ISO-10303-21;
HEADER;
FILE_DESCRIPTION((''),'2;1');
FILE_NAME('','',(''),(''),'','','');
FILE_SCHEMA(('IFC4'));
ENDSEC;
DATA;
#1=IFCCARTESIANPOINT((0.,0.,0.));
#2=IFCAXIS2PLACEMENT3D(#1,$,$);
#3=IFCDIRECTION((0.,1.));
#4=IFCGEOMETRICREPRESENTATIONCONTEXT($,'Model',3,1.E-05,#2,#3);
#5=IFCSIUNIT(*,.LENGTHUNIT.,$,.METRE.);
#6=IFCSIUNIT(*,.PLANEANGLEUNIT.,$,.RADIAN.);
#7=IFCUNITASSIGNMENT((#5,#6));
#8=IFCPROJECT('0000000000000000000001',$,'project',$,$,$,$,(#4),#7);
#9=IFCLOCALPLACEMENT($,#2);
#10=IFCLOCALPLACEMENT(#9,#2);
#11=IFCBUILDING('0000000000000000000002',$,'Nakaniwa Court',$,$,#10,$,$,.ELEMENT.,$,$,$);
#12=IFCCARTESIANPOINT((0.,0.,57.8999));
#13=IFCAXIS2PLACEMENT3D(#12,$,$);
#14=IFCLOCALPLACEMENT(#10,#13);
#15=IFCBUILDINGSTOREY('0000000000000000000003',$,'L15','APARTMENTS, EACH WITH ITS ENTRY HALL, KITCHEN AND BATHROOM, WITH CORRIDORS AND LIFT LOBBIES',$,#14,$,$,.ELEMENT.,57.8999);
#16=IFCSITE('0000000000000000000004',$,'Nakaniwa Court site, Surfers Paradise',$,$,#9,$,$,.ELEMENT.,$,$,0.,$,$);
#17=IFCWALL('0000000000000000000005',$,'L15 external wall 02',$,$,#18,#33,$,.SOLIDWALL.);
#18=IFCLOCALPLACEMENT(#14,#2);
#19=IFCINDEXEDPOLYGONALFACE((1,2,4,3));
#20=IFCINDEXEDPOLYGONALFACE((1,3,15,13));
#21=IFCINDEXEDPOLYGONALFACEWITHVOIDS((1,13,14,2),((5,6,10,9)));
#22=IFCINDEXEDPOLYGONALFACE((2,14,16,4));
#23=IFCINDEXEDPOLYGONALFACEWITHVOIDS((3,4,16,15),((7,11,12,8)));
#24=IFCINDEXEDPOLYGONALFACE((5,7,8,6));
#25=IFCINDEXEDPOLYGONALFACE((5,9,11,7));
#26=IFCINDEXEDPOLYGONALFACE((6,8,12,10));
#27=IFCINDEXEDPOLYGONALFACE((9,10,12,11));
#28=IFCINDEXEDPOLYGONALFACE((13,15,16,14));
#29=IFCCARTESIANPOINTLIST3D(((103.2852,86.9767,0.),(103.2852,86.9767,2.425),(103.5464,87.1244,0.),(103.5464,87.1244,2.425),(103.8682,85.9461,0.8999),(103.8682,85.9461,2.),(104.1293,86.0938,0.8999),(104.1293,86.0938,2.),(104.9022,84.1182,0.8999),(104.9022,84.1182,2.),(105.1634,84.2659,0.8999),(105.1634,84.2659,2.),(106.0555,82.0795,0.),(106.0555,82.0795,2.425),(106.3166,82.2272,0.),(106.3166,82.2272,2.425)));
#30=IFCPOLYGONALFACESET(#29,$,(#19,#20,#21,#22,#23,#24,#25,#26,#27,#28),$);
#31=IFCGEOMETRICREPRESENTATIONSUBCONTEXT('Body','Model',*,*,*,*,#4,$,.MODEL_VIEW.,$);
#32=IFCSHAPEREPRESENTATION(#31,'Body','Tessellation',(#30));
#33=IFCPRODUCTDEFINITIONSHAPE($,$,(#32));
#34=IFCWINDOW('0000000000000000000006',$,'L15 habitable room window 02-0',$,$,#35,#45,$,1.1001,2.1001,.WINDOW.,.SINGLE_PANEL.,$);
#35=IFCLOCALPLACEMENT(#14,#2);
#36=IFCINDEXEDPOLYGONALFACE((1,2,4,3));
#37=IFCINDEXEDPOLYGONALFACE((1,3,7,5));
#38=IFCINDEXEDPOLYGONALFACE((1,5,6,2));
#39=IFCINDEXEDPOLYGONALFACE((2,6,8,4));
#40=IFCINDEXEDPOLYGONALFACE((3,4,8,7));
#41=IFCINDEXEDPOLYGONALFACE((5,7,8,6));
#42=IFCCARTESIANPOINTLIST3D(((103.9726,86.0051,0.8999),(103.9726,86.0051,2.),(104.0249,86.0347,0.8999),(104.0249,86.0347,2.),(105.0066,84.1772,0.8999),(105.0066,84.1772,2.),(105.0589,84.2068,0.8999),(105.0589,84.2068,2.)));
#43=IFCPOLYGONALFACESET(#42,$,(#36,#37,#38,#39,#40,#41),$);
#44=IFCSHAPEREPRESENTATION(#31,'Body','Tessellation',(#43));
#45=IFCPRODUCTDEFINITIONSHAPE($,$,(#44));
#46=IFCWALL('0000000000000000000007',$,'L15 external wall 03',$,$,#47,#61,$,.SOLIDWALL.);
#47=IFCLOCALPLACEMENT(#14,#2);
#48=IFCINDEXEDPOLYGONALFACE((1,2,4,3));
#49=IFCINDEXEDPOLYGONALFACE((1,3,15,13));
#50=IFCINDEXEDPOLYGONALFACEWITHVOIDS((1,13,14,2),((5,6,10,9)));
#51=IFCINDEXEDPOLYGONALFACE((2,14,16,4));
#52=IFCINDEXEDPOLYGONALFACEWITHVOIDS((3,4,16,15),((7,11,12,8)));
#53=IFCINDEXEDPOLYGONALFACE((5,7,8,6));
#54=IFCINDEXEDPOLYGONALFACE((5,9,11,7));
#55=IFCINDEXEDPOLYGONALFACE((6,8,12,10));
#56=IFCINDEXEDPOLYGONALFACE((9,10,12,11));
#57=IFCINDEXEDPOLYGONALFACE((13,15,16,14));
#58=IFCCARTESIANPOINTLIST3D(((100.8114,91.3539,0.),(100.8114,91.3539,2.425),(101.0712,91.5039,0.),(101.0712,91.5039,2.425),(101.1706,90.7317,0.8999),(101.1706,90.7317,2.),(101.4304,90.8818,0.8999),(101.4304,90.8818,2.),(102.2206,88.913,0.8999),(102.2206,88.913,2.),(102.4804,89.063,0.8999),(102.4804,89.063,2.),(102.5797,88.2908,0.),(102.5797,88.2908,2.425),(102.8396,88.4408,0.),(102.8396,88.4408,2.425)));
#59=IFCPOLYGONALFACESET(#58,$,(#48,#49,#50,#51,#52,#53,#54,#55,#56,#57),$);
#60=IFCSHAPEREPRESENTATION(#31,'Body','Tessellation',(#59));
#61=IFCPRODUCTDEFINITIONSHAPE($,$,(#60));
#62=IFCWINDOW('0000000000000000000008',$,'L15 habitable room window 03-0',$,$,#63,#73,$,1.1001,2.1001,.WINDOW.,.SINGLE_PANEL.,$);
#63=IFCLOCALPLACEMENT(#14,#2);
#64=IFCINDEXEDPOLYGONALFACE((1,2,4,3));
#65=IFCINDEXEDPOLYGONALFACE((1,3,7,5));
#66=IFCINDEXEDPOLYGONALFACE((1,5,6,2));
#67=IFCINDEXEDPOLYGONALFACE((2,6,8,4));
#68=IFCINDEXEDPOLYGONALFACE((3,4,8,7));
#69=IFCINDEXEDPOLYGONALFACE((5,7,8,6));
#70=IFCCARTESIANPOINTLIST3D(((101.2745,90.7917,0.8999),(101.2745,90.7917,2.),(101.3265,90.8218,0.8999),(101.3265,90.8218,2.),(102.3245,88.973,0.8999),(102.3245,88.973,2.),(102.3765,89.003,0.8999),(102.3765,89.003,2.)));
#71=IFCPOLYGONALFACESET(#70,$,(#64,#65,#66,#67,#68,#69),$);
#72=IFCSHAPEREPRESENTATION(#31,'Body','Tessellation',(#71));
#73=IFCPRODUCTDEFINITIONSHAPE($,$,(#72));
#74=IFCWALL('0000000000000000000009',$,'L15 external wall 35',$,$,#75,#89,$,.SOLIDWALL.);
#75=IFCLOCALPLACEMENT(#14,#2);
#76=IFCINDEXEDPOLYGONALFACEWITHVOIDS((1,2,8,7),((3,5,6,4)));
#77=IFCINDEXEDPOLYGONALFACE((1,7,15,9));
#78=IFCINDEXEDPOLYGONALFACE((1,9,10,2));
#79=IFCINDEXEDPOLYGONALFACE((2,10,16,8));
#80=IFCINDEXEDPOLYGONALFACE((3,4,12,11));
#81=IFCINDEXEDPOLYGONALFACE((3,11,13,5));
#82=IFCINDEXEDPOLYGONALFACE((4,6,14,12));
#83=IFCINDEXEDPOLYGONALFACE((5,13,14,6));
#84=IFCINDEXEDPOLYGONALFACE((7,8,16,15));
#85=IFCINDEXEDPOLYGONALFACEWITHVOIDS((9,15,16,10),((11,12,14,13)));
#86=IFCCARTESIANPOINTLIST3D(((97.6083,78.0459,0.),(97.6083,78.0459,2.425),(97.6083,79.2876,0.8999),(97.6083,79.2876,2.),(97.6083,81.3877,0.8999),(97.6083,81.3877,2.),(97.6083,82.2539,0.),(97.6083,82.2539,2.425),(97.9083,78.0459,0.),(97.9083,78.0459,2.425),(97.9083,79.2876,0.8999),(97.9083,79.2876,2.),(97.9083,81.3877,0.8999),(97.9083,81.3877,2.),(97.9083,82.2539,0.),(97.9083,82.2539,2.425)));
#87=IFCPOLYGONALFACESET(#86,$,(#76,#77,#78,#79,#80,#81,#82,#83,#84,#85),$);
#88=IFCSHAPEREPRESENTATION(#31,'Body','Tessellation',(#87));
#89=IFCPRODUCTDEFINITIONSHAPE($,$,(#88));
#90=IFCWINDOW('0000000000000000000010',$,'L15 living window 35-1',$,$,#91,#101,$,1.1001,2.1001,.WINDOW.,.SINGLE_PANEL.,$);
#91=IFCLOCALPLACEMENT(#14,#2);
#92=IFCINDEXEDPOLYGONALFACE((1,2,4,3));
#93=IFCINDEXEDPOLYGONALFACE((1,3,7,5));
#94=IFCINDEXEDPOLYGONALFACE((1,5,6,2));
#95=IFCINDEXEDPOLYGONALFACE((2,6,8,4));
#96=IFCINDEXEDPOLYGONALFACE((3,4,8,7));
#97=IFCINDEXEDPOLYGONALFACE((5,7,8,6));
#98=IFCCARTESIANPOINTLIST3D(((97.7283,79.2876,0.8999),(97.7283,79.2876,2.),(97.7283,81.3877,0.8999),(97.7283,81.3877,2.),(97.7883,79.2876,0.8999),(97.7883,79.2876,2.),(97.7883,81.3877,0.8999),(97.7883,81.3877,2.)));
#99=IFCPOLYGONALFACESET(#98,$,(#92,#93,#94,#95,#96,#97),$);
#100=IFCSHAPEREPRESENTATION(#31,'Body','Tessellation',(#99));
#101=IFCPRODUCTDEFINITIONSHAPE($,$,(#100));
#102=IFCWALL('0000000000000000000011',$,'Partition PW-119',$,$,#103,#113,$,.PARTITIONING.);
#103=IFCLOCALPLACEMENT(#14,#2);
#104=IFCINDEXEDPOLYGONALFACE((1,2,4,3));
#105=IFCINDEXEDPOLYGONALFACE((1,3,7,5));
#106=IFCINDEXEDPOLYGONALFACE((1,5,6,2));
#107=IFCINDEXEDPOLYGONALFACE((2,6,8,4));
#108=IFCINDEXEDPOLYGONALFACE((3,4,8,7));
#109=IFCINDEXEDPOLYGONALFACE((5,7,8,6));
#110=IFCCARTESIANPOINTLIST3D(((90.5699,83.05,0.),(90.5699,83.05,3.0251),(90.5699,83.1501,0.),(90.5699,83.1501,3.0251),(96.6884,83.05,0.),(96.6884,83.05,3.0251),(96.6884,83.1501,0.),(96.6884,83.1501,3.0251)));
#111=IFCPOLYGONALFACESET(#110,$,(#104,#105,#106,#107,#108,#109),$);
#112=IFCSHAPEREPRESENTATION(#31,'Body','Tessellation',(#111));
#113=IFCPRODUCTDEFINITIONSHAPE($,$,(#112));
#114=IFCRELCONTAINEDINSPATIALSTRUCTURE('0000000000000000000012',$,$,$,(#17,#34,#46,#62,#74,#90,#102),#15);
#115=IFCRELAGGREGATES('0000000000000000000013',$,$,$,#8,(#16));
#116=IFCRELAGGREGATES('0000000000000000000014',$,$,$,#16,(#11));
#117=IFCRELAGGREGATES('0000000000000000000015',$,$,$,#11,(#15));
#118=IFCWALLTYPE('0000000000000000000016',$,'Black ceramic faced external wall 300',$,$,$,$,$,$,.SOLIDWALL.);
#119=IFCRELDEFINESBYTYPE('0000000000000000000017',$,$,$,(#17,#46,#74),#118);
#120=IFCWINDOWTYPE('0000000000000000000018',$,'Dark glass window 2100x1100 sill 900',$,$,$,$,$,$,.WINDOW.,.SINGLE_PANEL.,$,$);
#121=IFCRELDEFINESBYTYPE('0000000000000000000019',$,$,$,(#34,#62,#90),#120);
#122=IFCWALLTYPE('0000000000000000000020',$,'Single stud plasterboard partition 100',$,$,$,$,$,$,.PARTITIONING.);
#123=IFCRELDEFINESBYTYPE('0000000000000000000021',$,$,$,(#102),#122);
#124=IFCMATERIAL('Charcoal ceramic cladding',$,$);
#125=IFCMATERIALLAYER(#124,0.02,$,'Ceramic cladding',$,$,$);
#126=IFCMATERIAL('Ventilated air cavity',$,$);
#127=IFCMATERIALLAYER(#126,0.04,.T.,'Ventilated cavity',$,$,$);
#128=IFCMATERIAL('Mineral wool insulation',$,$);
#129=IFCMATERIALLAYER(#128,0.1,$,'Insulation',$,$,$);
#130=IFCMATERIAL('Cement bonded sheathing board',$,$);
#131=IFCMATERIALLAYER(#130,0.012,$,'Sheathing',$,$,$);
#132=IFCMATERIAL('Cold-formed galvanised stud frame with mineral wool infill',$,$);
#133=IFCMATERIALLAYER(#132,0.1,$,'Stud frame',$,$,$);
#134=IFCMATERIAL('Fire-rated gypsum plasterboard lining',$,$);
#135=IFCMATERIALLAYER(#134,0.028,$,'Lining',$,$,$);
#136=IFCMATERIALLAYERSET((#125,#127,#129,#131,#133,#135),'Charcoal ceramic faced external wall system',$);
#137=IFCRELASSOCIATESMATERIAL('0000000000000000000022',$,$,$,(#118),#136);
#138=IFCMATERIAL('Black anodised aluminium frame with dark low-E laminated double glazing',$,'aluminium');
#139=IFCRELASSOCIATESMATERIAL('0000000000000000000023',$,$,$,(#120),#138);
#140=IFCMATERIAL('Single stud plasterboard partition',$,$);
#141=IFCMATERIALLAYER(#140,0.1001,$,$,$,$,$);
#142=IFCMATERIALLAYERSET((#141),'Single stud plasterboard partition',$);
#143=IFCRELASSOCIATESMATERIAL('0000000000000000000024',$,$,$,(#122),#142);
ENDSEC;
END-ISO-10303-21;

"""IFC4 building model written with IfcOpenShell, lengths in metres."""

from ifc_helpers import new_model, si_unit, direction, frame, frame_2d, origin, place, context, subcontext, project, spatial, rectangle, extrude, material, layer, layer_set, type_object, element, fill, save


model = new_model("IFC4")

# Units and contexts
model_context = context("Model", 3, precision=1e-05, world=origin(), true_north=direction((0.0, 1.0)))
body_context = subcontext(model_context, "Body", "Model", "MODEL_VIEW")
ifc_project = project(units=[si_unit("LENGTHUNIT", "METRE"), si_unit("PLANEANGLEUNIT", "RADIAN")], contexts=[model_context])

# Site, building, storey
site_placement = place(None, origin())
site = spatial("IfcSite", under=ifc_project, at=site_placement, Name="Nakaniwa Court site, Surfers Paradise", CompositionType="ELEMENT", RefElevation=0.0)
building_placement = place(site_placement, origin())
building = spatial("IfcBuilding", under=site, at=building_placement, Name="Nakaniwa Court", CompositionType="ELEMENT")
storey_placement = place(building_placement, frame((0.0, 0.0, 57.8999)))
storey = spatial("IfcBuildingStorey", under=building, at=storey_placement, Name="L15", Description="APARTMENTS, EACH WITH ITS ENTRY HALL, KITCHEN AND BATHROOM, WITH CORRIDORS AND LIFT LOBBIES", CompositionType="ELEMENT", Elevation=57.8999)

# Shared definitions
ifc_material_1 = material(Name="Charcoal ceramic cladding")
ifc_layer_1 = layer(ifc_material_1, 0.02, Name="Ceramic cladding")
ifc_material_2 = material(Name="Ventilated air cavity")
ifc_layer_2 = layer(ifc_material_2, 0.04, ventilated=True, Name="Ventilated cavity")
ifc_material_3 = material(Name="Mineral wool insulation")
ifc_layer_3 = layer(ifc_material_3, 0.1, Name="Insulation")
ifc_material_4 = material(Name="Cement bonded sheathing board")
ifc_layer_4 = layer(ifc_material_4, 0.012, Name="Sheathing")
ifc_material_5 = material(Name="Cold-formed galvanised stud frame with mineral wool infill")
ifc_layer_5 = layer(ifc_material_5, 0.1, Name="Stud frame")
ifc_material_6 = material(Name="Fire-rated gypsum plasterboard lining")
ifc_layer_6 = layer(ifc_material_6, 0.028, Name="Lining")
ifc_layer_set_1 = layer_set([ifc_layer_1, ifc_layer_2, ifc_layer_3, ifc_layer_4, ifc_layer_5, ifc_layer_6], Name="Charcoal ceramic faced external wall system")
wall_type_1 = type_object("IfcWallType", Name="Black ceramic faced external wall 300", PredefinedType="SOLIDWALL", material=ifc_layer_set_1)

# Walls, openings, windows
wall_1_placement = place(storey_placement, frame((106.186, 82.1533, 0.0), z_axis=(0.0, 0.0, 1.0), x_axis=(-0.492363, 0.87039, 0.0)))
wall_1 = element("IfcWall", 1, at=wall_1_placement, inside=storey, type_object=wall_type_1, Name="L15 external wall 02", PredefinedType="SOLIDWALL", context=body_context, shape_type="SweptSolid", body=[
    extrude(rectangle(XDim=5.6265, YDim=0.3, at=frame_2d((2.8132, 0.0))), origin(), (0.0, 0.0, 1.0), 2.425),
])
opening_1_placement = place(wall_1_placement, frame((2.3423, 0.0, 0.8999)))
opening_1 = element("IfcOpeningElement", 2, at=opening_1_placement, cuts=wall_1, PredefinedType="OPENING", context=body_context, shape_type="SweptSolid", body=[
    extrude(rectangle(XDim=2.1001, YDim=1.1001, at=frame_2d((1.05, 0.55))), frame((0.0, 0.1599, 0.0), z_axis=(0.0, -1.0, 0.0), x_axis=(1.0, 0.0, 0.0)), (0.0, 0.0, 1.0), 0.3201),
])
ifc_material_7 = material(Name="Black anodised aluminium frame with dark low-E laminated double glazing", Category="aluminium")
window_type = type_object("IfcWindowType", Name="Dark glass window 2100x1100 sill 900", PartitioningType="SINGLE_PANEL", PredefinedType="WINDOW", material=ifc_material_7)
window_1_placement = place(opening_1_placement, origin())
window_1 = element("IfcWindow", 3, at=window_1_placement, inside=storey, type_object=window_type, Name="L15 habitable room window 02-0", OverallHeight=1.1001, OverallWidth=2.1001, PartitioningType="SINGLE_PANEL", PredefinedType="WINDOW", context=body_context, shape_type="SweptSolid", body=[
    extrude(rectangle(XDim=2.1001, YDim=1.1001, at=frame_2d((1.05, 0.55))), frame((0.0, 0.03, 0.0), z_axis=(0.0, -1.0, 0.0), x_axis=(1.0, 0.0, 0.0)), (0.0, 0.0, 1.0), 0.0601),
])
fill(opening_1, window_1)
wall_2_placement = place(storey_placement, frame((102.7097, 88.3657, 0.0), z_axis=(0.0, 0.0, 1.0), x_axis=(-0.499977, 0.866038, 0.0)))
wall_2 = element("IfcWall", 4, at=wall_2_placement, inside=storey, type_object=wall_type_1, Name="L15 external wall 03", PredefinedType="SOLIDWALL", context=body_context, shape_type="SweptSolid", body=[
    extrude(rectangle(XDim=3.5369, YDim=0.3, at=frame_2d((1.7686, 0.0))), origin(), (0.0, 0.0, 1.0), 2.425),
])
opening_2_placement = place(wall_2_placement, frame((0.7185, 0.0, 0.8999)))
opening_2 = element("IfcOpeningElement", 5, at=opening_2_placement, cuts=wall_2, PredefinedType="OPENING", context=body_context, shape_type="SweptSolid", body=[
    extrude(rectangle(XDim=2.1001, YDim=1.1001, at=frame_2d((1.05, 0.55))), frame((0.0, 0.1599, 0.0), z_axis=(0.0, -1.0, 0.0), x_axis=(1.0, 0.0, 0.0)), (0.0, 0.0, 1.0), 0.3201),
])
window_2_placement = place(opening_2_placement, origin())
window_2 = element("IfcWindow", 6, at=window_2_placement, inside=storey, type_object=window_type, Name="L15 habitable room window 03-0", OverallHeight=1.1001, OverallWidth=2.1001, PartitioningType="SINGLE_PANEL", PredefinedType="WINDOW", context=body_context, shape_type="SweptSolid", body=[
    extrude(rectangle(XDim=2.1001, YDim=1.1001, at=frame_2d((1.05, 0.55))), frame((0.0, 0.03, 0.0), z_axis=(0.0, -1.0, 0.0), x_axis=(1.0, 0.0, 0.0)), (0.0, 0.0, 1.0), 0.0601),
])
fill(opening_2, window_2)
wall_3_placement = place(storey_placement, frame((97.7583, 78.0459, 0.0), z_axis=(0.0, 0.0, 1.0), x_axis=(0.0, 1.0, 0.0)))
wall_3 = element("IfcWall", 7, at=wall_3_placement, inside=storey, type_object=wall_type_1, Name="L15 external wall 35", PredefinedType="SOLIDWALL", context=body_context, shape_type="SweptSolid", body=[
    extrude(rectangle(XDim=4.208, YDim=0.3, at=frame_2d((2.104, 0.0))), origin(), (0.0, 0.0, 1.0), 2.425),
])
opening_3_placement = place(wall_3_placement, frame((1.2417, 0.0, 0.8999)))
opening_3 = element("IfcOpeningElement", 8, at=opening_3_placement, cuts=wall_3, PredefinedType="OPENING", context=body_context, shape_type="SweptSolid", body=[
    extrude(rectangle(XDim=2.1001, YDim=1.1001, at=frame_2d((1.05, 0.55))), frame((0.0, 0.1599, 0.0), z_axis=(0.0, -1.0, 0.0), x_axis=(1.0, 0.0, 0.0)), (0.0, 0.0, 1.0), 0.3201),
])
window_3_placement = place(opening_3_placement, origin())
window_3 = element("IfcWindow", 9, at=window_3_placement, inside=storey, type_object=window_type, Name="L15 living window 35-1", OverallHeight=1.1001, OverallWidth=2.1001, PartitioningType="SINGLE_PANEL", PredefinedType="WINDOW", context=body_context, shape_type="SweptSolid", body=[
    extrude(rectangle(XDim=2.1001, YDim=1.1001, at=frame_2d((1.05, 0.55))), frame((0.0, 0.03, 0.0), z_axis=(0.0, -1.0, 0.0), x_axis=(1.0, 0.0, 0.0)), (0.0, 0.0, 1.0), 0.0601),
])
fill(opening_3, window_3)

# Wall
ifc_material_8 = material(Name="Single stud plasterboard partition")
ifc_layer_7 = layer(ifc_material_8, 0.1001)
ifc_layer_set_2 = layer_set([ifc_layer_7], Name="Single stud plasterboard partition")
wall_type_2 = type_object("IfcWallType", Name="Single stud plasterboard partition 100", PredefinedType="PARTITIONING", material=ifc_layer_set_2)
wall_4_placement = place(storey_placement, frame((90.5701, 83.1001, 0.0), z_axis=(0.0, 0.0, 1.0), x_axis=(1.0, 0.0, 0.0)))
element("IfcWall", 10, at=wall_4_placement, inside=storey, type_object=wall_type_2, Name="Partition PW-119", PredefinedType="PARTITIONING", context=body_context, shape_type="SweptSolid", body=[
    extrude(rectangle(XDim=6.1184, YDim=0.1001, at=frame_2d((3.0591, 0.0))), origin(), (0.0, 0.0, 1.0), 3.0251),
])

save(model, "model.ifc")
